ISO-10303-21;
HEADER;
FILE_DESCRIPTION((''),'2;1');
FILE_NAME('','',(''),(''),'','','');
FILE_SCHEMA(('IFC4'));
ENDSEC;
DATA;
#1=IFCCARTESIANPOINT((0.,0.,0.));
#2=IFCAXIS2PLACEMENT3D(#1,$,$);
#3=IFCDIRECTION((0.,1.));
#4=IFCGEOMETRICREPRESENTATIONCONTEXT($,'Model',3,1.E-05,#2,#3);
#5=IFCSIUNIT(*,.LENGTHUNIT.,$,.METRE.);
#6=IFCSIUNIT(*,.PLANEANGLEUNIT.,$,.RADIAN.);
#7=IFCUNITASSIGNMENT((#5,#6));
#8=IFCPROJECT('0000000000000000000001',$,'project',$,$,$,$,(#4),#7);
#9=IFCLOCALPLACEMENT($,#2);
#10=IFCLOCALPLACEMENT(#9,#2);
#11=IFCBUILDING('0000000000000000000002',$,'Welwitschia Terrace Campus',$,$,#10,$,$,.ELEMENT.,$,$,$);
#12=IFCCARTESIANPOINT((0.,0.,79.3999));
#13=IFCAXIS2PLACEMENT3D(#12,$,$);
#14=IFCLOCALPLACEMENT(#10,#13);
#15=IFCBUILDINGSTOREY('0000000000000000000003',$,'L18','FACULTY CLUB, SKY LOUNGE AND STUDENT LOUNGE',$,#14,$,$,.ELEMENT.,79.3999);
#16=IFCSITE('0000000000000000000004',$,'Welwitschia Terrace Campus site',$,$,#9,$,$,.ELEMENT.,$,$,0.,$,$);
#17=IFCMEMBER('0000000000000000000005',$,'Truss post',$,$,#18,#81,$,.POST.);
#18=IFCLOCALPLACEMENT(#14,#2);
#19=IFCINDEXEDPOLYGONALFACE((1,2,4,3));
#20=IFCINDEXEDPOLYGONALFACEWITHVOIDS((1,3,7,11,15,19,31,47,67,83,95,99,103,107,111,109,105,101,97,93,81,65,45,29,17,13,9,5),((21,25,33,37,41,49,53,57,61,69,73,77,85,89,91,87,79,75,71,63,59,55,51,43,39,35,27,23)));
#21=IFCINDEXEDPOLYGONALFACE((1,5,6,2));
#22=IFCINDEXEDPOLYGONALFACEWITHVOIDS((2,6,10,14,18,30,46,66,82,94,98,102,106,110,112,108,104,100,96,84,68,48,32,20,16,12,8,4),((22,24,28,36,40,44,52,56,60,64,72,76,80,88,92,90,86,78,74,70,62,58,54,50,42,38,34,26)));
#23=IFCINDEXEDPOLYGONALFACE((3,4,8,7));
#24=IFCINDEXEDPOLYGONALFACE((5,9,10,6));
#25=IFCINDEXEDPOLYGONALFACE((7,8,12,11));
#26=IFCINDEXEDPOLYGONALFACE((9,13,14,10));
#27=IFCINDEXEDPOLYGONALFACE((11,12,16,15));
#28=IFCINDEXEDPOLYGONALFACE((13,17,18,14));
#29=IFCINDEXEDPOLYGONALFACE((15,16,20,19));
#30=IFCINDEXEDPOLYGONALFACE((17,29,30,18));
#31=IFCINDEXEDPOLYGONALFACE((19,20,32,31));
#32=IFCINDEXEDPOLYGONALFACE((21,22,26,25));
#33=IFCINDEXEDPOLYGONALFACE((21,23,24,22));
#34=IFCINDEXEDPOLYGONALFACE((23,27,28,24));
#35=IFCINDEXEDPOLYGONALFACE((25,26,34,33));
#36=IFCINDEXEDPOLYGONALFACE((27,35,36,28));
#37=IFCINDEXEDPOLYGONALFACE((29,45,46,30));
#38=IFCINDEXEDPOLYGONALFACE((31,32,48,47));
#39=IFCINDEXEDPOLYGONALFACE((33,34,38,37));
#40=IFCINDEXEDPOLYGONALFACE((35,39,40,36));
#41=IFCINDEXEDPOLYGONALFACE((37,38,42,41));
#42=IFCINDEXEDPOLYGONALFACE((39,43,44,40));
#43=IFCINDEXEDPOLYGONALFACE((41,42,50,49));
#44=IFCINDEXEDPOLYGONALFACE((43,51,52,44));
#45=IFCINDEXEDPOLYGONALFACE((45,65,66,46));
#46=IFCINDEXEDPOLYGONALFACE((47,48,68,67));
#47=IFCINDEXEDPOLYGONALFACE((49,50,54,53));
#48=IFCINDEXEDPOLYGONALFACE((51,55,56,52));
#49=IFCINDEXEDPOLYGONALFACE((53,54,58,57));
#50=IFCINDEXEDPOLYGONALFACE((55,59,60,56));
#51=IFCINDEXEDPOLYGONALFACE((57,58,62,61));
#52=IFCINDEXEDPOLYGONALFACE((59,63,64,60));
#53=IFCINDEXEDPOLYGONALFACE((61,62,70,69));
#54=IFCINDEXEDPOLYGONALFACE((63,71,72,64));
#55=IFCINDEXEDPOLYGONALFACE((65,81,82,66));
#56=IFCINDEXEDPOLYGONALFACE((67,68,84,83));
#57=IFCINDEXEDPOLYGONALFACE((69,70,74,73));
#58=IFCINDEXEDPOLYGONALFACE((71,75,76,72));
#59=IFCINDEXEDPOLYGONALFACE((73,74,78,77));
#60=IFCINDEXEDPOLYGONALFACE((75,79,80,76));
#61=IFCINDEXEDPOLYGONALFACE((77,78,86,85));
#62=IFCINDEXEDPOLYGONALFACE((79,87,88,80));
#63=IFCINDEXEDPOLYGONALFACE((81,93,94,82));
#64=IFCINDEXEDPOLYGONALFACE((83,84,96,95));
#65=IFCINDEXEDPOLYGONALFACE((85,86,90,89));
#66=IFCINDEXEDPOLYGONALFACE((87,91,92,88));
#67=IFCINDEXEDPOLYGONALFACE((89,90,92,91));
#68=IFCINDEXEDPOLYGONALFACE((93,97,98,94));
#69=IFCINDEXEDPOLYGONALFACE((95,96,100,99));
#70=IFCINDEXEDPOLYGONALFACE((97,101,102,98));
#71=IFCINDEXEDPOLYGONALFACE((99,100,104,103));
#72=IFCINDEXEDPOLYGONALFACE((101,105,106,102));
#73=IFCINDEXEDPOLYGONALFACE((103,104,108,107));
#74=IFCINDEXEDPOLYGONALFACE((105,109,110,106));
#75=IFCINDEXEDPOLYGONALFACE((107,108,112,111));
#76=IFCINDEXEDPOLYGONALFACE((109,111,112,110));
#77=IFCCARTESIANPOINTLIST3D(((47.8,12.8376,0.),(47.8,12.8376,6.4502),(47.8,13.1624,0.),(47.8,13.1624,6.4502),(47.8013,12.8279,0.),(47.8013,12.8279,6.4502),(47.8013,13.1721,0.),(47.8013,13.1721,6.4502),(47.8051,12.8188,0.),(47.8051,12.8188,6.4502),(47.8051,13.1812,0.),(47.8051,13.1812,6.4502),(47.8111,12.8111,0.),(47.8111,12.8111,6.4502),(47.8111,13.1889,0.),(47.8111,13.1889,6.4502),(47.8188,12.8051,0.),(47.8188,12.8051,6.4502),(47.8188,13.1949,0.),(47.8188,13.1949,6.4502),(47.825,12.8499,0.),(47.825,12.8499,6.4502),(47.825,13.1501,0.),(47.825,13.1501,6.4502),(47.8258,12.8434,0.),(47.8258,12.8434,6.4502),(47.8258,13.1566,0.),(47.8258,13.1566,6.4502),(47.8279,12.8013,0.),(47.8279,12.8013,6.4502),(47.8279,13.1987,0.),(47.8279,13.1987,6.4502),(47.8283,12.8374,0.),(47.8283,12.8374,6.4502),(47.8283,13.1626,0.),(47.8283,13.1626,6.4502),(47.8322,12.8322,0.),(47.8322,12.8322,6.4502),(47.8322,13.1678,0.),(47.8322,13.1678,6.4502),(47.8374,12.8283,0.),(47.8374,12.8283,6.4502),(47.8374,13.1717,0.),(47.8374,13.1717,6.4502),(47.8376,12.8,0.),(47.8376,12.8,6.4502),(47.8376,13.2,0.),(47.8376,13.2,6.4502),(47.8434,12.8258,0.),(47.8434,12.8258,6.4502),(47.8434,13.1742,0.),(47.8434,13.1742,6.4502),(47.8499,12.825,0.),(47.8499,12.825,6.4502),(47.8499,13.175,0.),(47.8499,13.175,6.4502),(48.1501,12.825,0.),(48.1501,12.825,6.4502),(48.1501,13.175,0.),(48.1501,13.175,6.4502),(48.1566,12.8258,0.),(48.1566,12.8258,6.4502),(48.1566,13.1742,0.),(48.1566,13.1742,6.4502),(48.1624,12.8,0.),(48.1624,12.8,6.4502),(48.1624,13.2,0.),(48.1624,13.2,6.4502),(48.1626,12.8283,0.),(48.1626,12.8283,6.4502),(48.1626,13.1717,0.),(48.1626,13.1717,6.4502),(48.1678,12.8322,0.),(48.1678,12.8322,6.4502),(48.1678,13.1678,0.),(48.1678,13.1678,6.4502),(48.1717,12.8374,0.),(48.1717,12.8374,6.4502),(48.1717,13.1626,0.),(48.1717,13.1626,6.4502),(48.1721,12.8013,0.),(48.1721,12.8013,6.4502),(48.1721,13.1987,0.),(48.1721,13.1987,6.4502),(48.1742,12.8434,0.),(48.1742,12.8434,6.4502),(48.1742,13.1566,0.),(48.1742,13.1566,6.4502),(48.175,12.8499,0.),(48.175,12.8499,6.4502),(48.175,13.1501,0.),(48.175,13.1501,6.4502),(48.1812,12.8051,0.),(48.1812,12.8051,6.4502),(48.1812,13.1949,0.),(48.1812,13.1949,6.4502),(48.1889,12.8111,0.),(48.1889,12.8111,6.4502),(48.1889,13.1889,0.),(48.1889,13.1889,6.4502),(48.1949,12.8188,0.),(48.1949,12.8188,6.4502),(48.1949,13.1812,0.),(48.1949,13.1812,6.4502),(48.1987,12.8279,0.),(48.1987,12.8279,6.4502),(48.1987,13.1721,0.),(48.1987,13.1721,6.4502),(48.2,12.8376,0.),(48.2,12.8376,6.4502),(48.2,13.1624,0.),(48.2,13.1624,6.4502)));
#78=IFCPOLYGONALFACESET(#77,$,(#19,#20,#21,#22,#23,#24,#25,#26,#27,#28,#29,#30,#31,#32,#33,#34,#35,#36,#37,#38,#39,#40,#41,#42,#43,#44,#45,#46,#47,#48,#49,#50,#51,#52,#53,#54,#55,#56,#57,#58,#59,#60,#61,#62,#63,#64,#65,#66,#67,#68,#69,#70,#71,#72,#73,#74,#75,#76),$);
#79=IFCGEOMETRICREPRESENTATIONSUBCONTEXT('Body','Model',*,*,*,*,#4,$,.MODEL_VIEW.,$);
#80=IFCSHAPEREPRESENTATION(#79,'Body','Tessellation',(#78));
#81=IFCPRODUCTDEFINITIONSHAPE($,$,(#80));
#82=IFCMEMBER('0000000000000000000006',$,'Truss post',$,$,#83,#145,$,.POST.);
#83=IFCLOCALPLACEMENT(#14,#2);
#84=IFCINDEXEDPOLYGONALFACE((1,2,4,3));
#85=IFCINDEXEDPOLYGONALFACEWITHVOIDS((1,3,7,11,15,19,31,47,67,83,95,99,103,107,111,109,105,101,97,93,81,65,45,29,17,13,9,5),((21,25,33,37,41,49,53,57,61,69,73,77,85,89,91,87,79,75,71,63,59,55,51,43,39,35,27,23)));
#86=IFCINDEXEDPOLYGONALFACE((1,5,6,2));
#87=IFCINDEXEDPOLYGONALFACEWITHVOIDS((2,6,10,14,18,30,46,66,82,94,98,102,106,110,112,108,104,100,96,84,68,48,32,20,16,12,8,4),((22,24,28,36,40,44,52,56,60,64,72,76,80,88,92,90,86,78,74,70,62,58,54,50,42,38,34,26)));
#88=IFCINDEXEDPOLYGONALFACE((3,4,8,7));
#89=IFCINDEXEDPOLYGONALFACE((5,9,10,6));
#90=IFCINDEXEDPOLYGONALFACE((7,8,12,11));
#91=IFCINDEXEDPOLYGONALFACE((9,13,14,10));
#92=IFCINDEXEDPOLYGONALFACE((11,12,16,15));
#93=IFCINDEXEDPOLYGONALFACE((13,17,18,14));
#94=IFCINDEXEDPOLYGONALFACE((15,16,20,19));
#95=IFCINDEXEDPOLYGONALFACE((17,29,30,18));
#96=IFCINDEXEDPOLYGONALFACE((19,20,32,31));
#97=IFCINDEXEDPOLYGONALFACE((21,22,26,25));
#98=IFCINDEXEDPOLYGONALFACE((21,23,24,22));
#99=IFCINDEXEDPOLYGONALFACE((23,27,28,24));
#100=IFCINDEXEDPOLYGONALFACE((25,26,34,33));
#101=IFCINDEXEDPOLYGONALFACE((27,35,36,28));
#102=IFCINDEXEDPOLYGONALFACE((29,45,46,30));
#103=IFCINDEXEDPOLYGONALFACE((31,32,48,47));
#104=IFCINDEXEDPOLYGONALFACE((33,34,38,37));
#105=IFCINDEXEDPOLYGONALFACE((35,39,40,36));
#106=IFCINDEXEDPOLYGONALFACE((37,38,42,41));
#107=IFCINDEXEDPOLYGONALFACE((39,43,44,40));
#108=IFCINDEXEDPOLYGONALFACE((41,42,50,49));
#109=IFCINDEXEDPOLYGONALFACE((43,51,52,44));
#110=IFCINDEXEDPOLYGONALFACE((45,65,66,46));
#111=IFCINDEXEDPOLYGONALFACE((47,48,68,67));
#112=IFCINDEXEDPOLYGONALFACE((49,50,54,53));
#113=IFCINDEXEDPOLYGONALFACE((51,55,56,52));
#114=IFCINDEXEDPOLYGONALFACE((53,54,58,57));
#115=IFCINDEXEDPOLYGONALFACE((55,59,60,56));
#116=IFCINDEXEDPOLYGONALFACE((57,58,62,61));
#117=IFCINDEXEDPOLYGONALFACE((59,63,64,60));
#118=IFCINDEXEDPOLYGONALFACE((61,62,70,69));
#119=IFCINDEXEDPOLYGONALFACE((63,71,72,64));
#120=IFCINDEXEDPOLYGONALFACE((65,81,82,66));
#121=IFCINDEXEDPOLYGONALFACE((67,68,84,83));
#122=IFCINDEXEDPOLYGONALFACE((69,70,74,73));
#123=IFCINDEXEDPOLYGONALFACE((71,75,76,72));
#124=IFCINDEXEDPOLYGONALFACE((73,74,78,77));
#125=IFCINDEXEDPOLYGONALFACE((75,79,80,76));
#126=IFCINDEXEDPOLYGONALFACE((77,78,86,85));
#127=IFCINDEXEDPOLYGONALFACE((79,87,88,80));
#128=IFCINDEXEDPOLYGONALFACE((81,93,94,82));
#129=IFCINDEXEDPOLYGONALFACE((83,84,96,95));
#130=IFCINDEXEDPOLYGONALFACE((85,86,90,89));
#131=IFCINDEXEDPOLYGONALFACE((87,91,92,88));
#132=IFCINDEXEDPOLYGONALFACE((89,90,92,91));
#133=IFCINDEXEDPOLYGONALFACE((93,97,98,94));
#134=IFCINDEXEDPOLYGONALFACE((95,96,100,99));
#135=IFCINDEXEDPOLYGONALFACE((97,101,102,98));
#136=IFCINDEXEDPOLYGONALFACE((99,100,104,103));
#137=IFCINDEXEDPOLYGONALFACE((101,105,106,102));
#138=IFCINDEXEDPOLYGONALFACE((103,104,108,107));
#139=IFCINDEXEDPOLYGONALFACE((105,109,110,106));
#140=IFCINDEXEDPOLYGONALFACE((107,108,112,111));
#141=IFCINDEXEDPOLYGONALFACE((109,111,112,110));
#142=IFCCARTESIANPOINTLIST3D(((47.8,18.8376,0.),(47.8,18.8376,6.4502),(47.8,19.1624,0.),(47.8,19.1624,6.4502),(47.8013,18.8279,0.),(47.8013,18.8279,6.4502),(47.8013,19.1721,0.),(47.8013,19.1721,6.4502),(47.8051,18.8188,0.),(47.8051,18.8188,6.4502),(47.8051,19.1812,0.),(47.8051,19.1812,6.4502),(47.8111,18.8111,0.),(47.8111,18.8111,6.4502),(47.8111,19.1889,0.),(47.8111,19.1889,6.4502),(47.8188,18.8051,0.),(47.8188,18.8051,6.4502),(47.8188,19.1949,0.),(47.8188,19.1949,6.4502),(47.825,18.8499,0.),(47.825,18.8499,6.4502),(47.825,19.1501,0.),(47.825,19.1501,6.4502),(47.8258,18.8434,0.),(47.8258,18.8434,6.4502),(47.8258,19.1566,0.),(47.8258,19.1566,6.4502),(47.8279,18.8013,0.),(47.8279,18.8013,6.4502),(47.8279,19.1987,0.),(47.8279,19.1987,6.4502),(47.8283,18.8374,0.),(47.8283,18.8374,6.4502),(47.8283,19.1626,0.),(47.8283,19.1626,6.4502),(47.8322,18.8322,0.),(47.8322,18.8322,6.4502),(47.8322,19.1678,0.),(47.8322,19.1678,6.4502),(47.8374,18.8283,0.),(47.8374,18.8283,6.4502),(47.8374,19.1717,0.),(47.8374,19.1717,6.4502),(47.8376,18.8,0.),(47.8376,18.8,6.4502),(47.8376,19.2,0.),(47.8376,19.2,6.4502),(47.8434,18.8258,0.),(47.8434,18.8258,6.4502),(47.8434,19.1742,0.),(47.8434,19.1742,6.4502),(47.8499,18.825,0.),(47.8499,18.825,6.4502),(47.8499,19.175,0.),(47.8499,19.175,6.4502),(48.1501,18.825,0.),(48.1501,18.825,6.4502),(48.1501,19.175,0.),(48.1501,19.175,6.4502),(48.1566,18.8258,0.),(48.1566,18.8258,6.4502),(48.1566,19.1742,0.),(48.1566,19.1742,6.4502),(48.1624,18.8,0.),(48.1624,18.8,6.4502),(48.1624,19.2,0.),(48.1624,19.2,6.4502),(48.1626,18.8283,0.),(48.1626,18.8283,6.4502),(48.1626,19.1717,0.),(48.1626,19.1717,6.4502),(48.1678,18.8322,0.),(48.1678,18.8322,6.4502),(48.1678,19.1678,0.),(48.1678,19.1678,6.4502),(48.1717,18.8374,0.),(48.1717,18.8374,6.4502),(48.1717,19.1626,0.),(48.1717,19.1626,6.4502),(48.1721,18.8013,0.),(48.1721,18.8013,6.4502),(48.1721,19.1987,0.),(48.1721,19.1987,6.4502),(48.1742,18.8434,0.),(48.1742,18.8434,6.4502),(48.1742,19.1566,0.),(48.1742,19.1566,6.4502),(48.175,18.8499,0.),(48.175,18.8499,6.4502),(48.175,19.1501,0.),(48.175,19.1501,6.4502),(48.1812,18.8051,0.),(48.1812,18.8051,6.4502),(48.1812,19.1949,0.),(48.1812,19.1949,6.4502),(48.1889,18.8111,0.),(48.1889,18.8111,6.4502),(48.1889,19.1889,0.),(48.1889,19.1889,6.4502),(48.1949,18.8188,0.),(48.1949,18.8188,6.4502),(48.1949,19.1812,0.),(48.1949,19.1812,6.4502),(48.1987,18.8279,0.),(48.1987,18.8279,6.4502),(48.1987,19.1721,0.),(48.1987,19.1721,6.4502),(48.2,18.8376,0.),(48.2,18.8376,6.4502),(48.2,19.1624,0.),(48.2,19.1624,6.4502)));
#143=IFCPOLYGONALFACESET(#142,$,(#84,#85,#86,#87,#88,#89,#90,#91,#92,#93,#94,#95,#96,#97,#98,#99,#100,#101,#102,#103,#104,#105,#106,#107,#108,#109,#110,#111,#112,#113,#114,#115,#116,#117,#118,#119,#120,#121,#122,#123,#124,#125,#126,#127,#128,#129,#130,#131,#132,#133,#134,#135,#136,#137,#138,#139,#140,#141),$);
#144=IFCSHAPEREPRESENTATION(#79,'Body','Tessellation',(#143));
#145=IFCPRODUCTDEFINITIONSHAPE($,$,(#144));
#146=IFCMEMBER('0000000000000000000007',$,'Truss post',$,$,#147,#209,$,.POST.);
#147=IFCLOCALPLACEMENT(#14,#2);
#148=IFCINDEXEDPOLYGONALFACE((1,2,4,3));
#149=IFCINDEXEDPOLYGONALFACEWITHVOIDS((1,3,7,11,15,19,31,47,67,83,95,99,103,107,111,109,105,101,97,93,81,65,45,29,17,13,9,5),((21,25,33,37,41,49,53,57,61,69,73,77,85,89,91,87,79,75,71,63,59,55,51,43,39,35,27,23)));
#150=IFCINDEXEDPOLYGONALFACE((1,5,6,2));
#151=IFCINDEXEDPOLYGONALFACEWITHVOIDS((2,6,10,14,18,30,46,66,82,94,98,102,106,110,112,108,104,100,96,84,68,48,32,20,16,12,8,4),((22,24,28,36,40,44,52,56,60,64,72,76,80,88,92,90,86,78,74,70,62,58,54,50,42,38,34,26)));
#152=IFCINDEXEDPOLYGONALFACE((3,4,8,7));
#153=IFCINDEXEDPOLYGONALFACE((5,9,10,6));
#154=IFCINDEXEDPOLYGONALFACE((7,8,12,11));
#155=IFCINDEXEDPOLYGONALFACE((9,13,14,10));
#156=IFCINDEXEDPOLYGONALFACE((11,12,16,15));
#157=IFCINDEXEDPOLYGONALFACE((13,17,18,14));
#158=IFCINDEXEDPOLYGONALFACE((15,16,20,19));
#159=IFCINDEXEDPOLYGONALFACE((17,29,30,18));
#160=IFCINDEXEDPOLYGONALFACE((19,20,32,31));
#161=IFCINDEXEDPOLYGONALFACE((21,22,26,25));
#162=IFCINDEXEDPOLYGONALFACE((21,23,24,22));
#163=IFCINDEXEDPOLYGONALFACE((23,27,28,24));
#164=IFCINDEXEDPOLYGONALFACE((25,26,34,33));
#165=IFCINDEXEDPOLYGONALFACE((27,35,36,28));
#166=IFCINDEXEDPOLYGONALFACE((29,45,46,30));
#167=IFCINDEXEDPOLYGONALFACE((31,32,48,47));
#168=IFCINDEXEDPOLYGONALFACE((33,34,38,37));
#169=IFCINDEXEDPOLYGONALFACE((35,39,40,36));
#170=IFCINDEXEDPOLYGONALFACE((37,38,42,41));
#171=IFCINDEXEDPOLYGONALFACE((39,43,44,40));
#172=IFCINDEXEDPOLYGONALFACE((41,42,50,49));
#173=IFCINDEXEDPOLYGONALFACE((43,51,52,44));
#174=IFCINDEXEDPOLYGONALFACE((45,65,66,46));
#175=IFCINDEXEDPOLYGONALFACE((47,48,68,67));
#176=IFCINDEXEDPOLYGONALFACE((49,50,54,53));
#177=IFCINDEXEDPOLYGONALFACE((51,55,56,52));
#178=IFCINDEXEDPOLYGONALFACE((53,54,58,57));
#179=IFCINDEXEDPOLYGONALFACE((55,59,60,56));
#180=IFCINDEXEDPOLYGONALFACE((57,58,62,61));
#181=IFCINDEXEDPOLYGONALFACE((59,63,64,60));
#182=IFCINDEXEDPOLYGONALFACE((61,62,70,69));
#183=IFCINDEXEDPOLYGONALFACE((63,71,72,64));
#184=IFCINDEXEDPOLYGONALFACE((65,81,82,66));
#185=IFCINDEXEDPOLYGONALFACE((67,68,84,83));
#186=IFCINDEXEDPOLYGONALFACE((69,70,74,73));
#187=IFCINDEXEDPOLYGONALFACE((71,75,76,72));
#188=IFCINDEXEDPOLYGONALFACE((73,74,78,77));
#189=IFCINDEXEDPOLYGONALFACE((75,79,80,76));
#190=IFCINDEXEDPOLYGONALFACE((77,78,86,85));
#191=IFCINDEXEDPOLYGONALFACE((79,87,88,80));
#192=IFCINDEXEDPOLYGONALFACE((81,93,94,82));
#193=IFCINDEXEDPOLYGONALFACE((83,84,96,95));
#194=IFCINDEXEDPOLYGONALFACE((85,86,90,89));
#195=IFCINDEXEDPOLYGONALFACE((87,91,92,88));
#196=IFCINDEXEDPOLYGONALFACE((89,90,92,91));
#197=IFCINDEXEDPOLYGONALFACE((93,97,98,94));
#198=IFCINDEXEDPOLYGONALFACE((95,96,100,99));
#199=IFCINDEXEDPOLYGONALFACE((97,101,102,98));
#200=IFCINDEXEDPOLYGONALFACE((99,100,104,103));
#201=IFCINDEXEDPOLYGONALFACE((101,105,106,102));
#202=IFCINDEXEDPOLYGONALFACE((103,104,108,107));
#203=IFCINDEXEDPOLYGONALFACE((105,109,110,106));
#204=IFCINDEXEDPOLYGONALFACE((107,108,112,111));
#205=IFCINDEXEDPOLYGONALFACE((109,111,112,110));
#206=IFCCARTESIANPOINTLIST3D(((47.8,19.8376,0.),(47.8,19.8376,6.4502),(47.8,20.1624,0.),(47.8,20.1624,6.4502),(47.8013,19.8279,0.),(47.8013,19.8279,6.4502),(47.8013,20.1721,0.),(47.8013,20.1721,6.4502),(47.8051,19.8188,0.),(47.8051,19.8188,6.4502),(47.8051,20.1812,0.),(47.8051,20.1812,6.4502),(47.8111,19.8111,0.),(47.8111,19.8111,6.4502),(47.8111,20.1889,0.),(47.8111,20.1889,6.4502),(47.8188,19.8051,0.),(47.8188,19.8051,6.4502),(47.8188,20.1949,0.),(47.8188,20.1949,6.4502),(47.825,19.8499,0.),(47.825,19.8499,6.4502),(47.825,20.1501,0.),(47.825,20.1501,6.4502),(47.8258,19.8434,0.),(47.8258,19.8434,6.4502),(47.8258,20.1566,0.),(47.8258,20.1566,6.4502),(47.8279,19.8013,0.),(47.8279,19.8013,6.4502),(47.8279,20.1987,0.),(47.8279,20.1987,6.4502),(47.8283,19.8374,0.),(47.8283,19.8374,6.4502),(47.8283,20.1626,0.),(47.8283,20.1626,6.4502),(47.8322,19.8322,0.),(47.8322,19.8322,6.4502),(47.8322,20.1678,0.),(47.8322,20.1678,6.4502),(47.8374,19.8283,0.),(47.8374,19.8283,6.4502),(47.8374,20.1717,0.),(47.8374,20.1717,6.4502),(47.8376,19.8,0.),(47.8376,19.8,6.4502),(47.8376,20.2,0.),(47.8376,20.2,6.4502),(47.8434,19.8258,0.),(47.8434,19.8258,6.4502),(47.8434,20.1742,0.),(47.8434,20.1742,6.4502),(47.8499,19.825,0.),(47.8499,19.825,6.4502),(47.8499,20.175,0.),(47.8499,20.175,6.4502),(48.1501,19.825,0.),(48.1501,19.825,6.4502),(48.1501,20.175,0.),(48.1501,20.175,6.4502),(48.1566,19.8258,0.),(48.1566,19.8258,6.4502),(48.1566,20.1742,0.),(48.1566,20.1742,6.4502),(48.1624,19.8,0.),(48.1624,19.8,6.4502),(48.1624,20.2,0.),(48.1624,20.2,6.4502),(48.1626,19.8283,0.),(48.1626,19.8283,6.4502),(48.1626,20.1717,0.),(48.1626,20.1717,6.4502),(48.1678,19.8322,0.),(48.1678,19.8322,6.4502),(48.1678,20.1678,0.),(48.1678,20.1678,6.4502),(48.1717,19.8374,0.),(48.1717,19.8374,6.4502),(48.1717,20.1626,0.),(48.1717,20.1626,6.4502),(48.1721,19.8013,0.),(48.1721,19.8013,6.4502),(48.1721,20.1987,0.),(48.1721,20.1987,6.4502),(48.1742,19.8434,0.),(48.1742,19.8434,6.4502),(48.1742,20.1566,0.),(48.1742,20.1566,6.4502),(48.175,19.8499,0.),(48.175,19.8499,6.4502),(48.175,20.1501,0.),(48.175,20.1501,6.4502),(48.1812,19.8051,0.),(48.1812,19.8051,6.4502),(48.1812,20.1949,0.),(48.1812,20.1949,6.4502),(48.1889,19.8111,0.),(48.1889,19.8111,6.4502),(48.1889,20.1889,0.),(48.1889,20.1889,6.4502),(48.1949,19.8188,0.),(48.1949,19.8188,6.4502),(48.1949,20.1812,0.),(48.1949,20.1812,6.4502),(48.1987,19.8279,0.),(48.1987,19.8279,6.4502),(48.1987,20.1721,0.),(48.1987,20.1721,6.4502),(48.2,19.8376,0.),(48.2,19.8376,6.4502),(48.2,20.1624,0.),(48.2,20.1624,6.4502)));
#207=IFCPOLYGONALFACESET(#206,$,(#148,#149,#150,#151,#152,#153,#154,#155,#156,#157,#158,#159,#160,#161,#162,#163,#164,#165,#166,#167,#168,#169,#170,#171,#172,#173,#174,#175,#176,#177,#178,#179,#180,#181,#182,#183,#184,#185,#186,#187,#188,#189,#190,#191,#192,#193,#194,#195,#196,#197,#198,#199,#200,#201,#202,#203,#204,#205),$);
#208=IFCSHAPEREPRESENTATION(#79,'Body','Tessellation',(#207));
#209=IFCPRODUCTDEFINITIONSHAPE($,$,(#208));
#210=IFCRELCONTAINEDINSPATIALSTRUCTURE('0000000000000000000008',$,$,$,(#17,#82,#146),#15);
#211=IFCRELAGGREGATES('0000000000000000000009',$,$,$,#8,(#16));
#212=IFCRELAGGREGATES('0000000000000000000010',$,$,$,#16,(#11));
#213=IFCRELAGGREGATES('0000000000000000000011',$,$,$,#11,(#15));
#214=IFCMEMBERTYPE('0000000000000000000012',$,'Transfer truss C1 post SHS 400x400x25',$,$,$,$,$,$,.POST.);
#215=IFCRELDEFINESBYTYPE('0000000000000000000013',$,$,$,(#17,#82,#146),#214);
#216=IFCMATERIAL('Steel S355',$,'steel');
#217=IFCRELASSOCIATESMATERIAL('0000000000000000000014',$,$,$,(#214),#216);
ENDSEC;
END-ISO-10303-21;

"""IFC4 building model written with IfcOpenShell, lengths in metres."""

from ifc_helpers import new_model, si_unit, direction, frame, origin, origin_2d, place, context, subcontext, project, spatial, hollow_rectangle, extrude, material, material_profile, profile_set, type_object, element, save


model = new_model("IFC4")

# Units and contexts
model_context = context("Model", 3, precision=1e-05, world=origin(), true_north=direction((0.0, 1.0)))
body_context = subcontext(model_context, "Body", "Model", "MODEL_VIEW")
ifc_project = project(units=[si_unit("LENGTHUNIT", "METRE"), si_unit("PLANEANGLEUNIT", "RADIAN")], contexts=[model_context])

# Site, building, storey
site_placement = place(None, origin())
site = spatial("IfcSite", under=ifc_project, at=site_placement, Name="Welwitschia Terrace Campus site", CompositionType="ELEMENT", RefElevation=0.0)
building_placement = place(site_placement, origin())
building = spatial("IfcBuilding", under=site, at=building_placement, Name="Welwitschia Terrace Campus", CompositionType="ELEMENT")
storey_placement = place(building_placement, frame((0.0, 0.0, 79.3999)))
storey = spatial("IfcBuildingStorey", under=building, at=storey_placement, Name="L18", Description="FACULTY CLUB, SKY LOUNGE AND STUDENT LOUNGE", CompositionType="ELEMENT", Elevation=79.3999)

# Members
ifc_material_1 = material(Name="Steel S355", Category="steel")
ifc_material_profile_1 = material_profile(ifc_material_1, hollow_rectangle(XDim=0.3999, YDim=0.3999, WallThickness=0.0249, InnerFilletRadius=0.0249, OuterFilletRadius=0.0376, at=origin_2d()))
ifc_profile_set_1 = profile_set([ifc_material_profile_1], Name="Steel S355")
member_type_1 = type_object("IfcMemberType", Name="Transfer truss C1 post SHS 400x400x25", PredefinedType="POST", material=ifc_profile_set_1)
for number, where, z_axis, x_axis, name in (
    (1, (48.0, 13.0, 0.0), (0.0, 0.0, 1.0), (1.0, 0.0, 0.0), "Truss post"),
    (2, (48.0, 19.0, 0.0), (0.0, 0.0, 1.0), (1.0, 0.0, 0.0), "Truss post"),
    (3, (48.0, 20.0, 0.0), (0.0, 0.0, 1.0), (1.0, 0.0, 0.0), "Truss post"),
):
    element("IfcMember", number, at=place(storey_placement, frame(where, z_axis=z_axis, x_axis=x_axis)), inside=storey, type_object=member_type_1, Name=name, PredefinedType="POST", context=body_context, shape_type="SweptSolid", body=[
        extrude(hollow_rectangle(XDim=0.3999, YDim=0.3999, WallThickness=0.0249, InnerFilletRadius=0.0249, OuterFilletRadius=0.0376, at=origin_2d()), origin(), (0.0, 0.0, 1.0), 6.4502),
    ])

save(model, "model.ifc")
